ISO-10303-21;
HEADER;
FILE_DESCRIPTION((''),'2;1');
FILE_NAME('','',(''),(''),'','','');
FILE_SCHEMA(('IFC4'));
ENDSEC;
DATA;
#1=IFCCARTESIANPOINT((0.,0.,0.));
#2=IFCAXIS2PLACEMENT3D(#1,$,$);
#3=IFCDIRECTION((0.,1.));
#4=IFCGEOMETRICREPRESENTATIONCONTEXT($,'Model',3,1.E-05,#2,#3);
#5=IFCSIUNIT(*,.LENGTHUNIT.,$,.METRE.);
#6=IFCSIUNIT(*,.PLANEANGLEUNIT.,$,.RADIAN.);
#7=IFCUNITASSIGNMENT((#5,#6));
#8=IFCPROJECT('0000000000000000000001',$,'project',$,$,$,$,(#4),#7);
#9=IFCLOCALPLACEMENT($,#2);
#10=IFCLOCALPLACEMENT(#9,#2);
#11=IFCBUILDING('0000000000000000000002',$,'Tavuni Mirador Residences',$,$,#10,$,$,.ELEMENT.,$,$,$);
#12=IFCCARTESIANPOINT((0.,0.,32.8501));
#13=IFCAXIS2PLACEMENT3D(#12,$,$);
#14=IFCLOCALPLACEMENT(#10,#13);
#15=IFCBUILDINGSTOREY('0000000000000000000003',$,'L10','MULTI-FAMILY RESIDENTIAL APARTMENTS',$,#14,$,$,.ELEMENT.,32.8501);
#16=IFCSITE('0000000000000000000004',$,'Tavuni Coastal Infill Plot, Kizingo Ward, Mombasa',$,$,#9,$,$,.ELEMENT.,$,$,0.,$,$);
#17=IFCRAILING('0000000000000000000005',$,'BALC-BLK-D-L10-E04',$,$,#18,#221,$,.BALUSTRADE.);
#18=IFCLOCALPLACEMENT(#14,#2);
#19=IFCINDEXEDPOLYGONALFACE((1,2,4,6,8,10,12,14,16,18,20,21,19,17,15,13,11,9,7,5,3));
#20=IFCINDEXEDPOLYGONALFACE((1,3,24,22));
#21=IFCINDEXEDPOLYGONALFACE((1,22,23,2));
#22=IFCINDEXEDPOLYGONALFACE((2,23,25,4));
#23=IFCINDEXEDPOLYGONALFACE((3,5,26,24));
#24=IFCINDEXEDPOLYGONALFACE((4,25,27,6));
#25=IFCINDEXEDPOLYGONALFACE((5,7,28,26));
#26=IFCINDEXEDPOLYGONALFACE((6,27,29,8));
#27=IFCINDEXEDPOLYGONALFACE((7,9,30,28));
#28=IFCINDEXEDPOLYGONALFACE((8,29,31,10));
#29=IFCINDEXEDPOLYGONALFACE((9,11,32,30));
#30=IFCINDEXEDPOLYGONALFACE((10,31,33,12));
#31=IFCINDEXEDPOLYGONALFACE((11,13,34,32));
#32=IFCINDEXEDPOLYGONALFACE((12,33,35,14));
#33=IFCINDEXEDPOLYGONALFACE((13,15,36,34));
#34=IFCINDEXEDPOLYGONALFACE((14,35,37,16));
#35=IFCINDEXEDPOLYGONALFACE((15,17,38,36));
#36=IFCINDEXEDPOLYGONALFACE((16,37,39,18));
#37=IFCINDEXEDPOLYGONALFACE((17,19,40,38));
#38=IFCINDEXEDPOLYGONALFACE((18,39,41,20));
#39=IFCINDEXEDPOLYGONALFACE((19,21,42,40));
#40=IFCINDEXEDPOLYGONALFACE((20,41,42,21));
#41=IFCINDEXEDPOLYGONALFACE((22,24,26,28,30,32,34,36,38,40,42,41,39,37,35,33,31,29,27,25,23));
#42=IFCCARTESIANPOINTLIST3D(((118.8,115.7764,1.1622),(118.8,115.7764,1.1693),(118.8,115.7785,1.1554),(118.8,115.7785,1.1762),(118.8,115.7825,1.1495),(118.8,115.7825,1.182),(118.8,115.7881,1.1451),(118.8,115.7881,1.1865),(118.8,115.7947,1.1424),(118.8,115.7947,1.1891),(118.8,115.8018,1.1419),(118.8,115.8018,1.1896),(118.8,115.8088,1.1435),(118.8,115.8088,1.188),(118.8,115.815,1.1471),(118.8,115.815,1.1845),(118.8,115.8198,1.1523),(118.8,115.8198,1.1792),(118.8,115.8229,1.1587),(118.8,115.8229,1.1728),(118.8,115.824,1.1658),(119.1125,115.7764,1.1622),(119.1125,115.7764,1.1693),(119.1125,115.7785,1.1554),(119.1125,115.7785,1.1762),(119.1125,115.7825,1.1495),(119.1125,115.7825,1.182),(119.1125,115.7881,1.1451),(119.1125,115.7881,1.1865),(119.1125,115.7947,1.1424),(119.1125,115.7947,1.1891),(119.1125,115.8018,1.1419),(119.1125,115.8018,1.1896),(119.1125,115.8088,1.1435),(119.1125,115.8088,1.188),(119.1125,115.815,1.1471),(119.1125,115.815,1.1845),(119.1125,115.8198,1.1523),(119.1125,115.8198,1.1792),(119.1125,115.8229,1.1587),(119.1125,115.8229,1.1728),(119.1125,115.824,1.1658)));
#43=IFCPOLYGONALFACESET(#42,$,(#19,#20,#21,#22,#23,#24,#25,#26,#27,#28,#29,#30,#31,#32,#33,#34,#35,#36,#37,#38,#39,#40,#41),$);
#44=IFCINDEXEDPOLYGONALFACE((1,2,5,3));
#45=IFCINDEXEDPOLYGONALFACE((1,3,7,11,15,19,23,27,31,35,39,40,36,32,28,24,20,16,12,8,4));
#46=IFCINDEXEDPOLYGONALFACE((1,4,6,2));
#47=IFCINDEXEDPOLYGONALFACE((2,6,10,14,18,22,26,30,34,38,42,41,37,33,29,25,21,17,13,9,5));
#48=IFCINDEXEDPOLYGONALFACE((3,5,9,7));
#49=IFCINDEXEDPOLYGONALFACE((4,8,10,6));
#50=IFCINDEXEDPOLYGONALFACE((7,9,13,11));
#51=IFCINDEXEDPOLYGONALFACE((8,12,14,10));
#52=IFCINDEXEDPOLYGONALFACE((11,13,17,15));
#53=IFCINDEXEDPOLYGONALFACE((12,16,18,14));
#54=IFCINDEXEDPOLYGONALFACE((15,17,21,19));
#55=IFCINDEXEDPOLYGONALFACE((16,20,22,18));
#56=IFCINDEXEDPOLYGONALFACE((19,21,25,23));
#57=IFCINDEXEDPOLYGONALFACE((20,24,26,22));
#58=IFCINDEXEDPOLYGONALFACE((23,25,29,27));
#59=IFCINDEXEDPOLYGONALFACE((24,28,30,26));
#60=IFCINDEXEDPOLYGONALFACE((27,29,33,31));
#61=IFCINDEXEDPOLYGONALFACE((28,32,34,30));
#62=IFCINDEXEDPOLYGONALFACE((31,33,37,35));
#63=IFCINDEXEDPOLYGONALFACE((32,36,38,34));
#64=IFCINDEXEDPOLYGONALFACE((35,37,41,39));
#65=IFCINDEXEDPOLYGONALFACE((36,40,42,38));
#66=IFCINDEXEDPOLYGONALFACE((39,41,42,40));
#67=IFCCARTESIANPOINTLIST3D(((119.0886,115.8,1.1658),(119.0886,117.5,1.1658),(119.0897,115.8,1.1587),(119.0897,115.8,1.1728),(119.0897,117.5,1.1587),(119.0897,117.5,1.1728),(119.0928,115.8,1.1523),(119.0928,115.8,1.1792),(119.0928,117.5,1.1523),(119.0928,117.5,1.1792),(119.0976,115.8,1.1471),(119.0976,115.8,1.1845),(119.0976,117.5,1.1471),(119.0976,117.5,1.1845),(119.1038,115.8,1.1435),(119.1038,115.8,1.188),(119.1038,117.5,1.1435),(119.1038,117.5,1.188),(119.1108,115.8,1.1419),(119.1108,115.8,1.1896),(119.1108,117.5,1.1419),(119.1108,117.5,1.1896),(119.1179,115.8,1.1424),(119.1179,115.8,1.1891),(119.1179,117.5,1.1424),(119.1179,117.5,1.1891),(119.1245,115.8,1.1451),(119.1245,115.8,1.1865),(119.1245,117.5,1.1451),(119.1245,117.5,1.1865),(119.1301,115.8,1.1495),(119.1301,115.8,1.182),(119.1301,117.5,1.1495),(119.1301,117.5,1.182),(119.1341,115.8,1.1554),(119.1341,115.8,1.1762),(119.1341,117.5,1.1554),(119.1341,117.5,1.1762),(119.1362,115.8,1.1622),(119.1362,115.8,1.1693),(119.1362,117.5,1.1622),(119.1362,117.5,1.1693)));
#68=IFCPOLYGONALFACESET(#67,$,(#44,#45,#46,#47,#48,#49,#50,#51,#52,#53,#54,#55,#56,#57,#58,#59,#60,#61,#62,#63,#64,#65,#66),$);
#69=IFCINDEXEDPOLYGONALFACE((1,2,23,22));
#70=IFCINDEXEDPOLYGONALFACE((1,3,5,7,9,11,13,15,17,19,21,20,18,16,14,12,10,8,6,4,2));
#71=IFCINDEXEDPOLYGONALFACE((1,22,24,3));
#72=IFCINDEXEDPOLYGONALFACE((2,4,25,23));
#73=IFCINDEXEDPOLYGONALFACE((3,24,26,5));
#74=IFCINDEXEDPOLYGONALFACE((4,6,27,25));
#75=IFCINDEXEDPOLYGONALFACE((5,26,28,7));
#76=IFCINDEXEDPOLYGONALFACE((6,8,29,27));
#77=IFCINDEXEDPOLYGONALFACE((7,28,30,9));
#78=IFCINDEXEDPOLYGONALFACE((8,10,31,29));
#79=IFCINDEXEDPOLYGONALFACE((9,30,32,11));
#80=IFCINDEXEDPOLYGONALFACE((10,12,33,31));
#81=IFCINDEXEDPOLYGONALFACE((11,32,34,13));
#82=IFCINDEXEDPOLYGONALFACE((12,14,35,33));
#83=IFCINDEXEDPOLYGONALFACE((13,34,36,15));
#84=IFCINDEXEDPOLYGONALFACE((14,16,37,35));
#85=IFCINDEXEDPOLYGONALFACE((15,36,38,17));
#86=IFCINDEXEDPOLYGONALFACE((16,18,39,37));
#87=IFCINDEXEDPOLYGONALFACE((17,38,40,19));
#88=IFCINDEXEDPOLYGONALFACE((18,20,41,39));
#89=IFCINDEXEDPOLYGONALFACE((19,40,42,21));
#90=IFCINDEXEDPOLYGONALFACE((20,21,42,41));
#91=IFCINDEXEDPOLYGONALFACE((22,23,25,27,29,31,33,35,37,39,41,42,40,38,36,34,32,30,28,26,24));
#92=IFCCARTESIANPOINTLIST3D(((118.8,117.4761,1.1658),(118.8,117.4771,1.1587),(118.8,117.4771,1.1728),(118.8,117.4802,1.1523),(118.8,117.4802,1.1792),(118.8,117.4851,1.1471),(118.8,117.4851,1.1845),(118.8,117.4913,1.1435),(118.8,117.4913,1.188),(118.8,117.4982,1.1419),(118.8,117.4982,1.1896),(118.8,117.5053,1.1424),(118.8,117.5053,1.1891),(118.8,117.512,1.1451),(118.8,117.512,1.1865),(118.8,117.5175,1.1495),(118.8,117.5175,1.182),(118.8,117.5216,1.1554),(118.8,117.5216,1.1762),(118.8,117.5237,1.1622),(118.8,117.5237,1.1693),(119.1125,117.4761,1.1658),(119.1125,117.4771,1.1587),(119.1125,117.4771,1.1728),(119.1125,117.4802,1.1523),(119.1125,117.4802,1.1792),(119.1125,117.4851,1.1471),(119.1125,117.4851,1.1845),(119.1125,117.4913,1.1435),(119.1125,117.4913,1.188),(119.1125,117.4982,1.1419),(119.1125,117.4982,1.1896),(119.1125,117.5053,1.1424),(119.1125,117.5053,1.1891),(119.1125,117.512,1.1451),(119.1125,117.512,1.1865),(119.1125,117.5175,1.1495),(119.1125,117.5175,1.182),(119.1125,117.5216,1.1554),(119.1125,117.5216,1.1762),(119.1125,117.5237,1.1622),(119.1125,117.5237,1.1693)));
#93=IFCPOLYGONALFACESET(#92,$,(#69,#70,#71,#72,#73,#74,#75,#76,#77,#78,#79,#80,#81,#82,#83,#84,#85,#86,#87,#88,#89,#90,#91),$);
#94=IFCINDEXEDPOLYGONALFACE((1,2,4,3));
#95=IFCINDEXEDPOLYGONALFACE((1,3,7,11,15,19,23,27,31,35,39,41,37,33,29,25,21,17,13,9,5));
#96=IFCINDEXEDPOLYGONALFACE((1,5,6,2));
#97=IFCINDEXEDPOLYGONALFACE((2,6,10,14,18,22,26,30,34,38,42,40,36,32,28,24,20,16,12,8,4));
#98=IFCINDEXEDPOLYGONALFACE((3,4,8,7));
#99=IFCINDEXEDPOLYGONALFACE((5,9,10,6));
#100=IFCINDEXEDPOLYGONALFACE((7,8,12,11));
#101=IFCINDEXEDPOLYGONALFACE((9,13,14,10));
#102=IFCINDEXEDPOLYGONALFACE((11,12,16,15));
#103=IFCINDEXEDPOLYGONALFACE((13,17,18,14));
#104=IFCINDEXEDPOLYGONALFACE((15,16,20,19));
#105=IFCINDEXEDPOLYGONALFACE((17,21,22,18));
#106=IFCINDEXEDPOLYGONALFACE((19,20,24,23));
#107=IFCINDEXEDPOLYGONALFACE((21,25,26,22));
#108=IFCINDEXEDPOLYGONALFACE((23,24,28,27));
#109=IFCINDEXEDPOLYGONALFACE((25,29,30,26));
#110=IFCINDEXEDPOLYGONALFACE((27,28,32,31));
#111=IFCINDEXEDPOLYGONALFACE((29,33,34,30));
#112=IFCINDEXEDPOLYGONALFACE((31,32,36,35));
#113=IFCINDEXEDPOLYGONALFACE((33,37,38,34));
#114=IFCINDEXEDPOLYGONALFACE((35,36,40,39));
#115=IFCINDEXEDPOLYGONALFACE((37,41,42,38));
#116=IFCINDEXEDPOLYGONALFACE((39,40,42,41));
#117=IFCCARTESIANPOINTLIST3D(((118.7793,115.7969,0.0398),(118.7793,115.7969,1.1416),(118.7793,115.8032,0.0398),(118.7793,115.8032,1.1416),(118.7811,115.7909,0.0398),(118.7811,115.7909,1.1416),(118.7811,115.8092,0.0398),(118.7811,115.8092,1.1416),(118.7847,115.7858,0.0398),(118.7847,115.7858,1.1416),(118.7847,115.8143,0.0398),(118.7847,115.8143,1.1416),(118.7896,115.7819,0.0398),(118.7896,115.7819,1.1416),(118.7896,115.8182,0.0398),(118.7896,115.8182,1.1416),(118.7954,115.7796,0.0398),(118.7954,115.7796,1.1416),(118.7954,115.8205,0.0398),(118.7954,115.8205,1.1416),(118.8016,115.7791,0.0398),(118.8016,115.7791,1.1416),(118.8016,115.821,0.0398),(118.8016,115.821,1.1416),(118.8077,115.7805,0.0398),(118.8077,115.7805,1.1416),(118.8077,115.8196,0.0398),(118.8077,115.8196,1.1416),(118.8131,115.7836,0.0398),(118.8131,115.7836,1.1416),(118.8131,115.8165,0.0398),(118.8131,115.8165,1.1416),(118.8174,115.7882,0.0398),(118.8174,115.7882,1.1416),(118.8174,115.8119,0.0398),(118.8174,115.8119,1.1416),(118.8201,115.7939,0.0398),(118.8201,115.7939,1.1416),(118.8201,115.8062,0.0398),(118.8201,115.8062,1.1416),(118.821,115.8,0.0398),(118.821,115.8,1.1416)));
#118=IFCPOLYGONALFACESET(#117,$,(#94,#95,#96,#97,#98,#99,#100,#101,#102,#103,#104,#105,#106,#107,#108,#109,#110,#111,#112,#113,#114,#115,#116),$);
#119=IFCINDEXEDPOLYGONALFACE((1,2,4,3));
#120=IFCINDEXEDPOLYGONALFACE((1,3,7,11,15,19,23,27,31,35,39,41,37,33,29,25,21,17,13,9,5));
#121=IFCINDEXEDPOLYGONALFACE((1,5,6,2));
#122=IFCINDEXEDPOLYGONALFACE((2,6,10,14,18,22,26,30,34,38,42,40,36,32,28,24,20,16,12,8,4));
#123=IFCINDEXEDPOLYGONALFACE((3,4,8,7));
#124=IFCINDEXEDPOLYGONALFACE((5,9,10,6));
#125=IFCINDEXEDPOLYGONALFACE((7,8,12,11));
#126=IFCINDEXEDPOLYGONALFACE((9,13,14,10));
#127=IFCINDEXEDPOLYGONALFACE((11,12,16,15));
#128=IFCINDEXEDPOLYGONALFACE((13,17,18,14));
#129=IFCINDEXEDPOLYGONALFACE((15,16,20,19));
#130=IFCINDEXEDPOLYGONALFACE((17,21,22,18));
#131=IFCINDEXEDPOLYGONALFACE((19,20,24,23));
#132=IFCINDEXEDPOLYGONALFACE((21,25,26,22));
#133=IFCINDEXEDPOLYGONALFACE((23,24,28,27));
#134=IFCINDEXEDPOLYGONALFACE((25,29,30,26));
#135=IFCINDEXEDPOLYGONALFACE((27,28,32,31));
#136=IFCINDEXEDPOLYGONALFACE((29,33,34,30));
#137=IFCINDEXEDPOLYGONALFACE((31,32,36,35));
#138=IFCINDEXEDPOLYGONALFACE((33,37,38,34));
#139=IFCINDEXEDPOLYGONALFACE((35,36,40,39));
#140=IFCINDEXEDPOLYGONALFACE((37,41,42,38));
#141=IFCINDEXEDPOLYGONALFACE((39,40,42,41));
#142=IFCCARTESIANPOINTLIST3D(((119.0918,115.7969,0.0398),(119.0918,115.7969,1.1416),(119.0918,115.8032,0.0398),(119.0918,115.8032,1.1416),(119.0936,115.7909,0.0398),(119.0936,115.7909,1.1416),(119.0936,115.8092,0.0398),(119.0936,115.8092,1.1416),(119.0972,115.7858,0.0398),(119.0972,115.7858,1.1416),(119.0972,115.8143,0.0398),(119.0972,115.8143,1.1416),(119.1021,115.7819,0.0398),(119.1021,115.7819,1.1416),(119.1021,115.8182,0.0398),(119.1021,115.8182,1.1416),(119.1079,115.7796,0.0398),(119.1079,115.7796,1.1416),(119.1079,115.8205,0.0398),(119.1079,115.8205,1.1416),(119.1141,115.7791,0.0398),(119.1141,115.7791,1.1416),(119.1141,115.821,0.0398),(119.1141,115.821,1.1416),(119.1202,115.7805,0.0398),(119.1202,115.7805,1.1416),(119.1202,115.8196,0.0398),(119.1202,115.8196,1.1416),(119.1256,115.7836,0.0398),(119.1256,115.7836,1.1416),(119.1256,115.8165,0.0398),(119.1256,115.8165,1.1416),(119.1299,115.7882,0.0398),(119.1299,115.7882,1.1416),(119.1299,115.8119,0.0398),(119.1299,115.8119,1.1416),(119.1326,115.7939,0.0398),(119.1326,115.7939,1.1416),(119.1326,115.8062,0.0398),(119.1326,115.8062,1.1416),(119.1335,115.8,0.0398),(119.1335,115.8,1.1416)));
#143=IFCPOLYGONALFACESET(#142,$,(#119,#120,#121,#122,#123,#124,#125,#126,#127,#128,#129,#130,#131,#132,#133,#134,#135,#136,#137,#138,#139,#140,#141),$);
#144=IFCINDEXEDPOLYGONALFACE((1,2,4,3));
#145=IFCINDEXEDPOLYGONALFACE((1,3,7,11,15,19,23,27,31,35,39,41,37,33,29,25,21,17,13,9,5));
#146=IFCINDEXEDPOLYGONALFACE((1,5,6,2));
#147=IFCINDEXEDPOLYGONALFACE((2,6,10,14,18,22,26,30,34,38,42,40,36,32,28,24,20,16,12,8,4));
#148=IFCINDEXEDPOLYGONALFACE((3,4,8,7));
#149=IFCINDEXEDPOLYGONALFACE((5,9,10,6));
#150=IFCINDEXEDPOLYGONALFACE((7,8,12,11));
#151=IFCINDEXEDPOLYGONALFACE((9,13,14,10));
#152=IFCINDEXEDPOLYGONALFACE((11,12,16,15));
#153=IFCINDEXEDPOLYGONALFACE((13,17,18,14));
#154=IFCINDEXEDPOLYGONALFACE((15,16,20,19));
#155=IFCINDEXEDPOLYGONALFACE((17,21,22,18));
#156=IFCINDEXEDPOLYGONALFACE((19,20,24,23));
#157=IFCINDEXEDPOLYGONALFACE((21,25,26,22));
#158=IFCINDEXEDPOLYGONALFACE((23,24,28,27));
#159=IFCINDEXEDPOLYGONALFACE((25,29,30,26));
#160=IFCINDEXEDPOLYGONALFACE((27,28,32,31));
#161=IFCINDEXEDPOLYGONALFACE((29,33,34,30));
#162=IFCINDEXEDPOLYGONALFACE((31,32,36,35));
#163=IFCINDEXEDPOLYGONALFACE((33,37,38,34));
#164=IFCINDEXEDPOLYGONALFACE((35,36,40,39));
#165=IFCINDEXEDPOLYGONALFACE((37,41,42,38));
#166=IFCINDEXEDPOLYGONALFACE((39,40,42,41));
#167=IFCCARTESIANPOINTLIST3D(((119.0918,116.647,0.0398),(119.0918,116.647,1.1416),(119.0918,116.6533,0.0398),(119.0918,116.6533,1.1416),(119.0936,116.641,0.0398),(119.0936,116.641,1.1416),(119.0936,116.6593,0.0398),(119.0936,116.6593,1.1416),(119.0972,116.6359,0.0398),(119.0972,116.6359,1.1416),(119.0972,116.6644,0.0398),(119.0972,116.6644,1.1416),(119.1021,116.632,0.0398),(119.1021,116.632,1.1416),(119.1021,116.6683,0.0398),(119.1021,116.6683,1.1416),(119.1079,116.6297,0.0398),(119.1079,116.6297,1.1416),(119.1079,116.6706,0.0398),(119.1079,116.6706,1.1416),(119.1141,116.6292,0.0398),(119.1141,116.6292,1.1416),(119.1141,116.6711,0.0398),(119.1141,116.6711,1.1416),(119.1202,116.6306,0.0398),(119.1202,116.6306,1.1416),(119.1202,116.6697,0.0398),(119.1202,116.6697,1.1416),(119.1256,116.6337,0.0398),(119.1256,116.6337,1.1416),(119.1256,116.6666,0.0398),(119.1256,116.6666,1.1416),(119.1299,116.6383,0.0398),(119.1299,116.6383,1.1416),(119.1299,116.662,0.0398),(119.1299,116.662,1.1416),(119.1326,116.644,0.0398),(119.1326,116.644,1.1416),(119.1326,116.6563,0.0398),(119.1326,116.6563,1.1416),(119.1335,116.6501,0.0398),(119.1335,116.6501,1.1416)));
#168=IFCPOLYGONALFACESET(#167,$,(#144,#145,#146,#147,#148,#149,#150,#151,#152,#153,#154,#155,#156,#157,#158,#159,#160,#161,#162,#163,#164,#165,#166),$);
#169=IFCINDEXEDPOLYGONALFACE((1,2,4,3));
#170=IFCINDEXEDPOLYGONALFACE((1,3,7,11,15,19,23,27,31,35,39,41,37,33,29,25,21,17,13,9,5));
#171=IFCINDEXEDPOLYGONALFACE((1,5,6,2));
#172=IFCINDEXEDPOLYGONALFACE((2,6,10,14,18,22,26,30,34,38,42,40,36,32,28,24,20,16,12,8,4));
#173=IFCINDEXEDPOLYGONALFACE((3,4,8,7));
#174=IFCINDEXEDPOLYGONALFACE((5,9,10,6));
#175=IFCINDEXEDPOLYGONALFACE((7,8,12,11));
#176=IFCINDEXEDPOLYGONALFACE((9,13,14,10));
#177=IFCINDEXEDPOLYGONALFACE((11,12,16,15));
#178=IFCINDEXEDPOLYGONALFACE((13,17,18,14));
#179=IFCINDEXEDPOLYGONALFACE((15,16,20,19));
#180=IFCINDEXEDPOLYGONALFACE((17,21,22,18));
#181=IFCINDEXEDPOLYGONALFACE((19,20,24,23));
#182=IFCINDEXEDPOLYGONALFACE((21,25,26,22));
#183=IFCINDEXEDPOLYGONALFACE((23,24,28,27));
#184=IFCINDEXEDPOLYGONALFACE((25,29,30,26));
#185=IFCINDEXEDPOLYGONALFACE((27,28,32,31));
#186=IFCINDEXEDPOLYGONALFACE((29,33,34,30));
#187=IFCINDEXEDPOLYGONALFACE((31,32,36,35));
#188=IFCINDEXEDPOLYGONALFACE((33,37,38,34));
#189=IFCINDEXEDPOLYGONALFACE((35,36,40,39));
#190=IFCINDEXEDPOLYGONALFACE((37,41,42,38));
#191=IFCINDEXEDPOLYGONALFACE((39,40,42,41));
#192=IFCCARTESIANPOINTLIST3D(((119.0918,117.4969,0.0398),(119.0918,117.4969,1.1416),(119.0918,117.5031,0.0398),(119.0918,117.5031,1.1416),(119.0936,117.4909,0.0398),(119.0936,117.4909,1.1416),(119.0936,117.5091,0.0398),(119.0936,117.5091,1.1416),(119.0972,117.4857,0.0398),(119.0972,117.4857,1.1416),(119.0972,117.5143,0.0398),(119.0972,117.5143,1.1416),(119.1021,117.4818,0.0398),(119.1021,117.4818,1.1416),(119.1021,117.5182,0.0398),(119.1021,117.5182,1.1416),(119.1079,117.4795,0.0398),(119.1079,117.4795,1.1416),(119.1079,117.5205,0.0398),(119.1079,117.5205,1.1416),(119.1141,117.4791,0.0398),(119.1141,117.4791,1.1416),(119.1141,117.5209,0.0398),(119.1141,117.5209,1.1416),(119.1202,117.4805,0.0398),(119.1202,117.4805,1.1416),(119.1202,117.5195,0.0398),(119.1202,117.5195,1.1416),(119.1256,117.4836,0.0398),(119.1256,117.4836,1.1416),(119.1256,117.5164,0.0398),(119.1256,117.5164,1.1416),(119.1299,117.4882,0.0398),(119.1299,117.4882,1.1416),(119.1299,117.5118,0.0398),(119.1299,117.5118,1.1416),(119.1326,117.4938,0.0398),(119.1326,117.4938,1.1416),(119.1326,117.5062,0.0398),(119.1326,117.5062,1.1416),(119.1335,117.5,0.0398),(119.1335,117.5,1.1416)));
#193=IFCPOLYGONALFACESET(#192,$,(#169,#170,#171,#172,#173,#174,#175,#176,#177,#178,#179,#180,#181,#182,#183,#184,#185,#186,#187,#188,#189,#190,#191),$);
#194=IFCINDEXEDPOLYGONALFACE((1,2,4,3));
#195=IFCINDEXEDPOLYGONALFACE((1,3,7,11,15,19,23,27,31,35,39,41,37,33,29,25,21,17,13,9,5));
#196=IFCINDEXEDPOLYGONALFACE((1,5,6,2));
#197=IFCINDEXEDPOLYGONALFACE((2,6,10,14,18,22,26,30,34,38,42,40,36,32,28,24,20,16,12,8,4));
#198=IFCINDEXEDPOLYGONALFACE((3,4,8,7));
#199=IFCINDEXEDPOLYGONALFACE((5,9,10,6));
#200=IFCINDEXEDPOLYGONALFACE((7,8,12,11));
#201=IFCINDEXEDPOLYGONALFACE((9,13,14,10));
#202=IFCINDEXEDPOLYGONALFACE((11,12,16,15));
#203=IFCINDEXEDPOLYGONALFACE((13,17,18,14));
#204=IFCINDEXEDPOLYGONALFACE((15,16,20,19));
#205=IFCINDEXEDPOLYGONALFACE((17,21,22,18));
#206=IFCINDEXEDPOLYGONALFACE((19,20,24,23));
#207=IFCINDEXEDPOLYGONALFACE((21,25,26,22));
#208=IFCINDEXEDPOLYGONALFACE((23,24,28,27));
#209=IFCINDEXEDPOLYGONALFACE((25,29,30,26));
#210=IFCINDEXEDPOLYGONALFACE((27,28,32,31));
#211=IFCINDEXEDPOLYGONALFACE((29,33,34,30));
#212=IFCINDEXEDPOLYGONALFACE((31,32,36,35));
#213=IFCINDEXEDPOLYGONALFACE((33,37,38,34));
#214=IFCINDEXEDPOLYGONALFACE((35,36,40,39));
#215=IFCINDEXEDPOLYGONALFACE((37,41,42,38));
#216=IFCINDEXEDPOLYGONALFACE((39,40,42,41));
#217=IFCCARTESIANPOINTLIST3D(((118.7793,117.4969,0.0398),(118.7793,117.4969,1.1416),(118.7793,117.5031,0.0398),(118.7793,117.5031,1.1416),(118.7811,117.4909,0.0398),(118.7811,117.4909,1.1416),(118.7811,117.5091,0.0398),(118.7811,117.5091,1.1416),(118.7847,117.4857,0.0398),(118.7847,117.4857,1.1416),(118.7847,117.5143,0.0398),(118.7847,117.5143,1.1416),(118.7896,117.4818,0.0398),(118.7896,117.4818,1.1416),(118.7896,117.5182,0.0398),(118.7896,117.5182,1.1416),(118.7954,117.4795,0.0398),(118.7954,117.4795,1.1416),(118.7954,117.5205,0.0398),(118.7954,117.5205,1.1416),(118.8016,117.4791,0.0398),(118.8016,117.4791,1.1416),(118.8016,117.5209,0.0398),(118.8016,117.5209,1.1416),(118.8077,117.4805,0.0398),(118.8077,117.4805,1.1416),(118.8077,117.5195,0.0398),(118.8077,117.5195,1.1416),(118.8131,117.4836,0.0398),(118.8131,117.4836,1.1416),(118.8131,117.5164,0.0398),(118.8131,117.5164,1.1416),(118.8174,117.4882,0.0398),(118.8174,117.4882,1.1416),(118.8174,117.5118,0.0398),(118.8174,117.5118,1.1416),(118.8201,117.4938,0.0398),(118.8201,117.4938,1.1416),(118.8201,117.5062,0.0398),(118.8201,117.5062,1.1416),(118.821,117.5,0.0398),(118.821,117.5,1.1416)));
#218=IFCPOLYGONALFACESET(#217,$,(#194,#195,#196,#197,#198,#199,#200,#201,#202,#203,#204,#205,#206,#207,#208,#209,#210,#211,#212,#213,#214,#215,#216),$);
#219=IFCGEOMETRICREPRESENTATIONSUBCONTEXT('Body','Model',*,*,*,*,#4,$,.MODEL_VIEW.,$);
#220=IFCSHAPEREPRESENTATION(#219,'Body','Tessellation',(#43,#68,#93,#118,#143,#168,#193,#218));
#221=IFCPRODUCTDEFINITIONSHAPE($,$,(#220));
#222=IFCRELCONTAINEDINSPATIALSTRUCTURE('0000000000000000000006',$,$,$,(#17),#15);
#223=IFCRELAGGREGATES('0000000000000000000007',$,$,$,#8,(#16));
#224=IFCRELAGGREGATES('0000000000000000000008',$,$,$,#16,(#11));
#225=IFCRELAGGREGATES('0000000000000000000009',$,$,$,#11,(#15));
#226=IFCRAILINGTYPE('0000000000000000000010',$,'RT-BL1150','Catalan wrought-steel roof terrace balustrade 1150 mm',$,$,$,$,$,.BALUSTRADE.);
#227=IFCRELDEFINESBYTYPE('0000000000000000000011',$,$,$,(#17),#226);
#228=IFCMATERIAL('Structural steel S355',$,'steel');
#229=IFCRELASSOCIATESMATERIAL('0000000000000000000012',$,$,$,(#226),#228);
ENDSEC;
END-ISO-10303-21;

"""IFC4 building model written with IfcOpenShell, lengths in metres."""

from ifc_helpers import new_model, si_unit, direction, frame, origin, origin_2d, place, context, subcontext, project, spatial, circle, extrude, material, type_object, element, save


model = new_model("IFC4")

# Units and contexts
model_context = context("Model", 3, precision=1e-05, world=origin(), true_north=direction((0.0, 1.0)))
body_context = subcontext(model_context, "Body", "Model", "MODEL_VIEW")
ifc_project = project(units=[si_unit("LENGTHUNIT", "METRE"), si_unit("PLANEANGLEUNIT", "RADIAN")], contexts=[model_context])

# Site, building, storey
site_placement = place(None, origin())
site = spatial("IfcSite", under=ifc_project, at=site_placement, Name="Tavuni Coastal Infill Plot, Kizingo Ward, Mombasa", CompositionType="ELEMENT", RefElevation=0.0)
building_placement = place(site_placement, origin())
building = spatial("IfcBuilding", under=site, at=building_placement, Name="Tavuni Mirador Residences", CompositionType="ELEMENT")
storey_placement = place(building_placement, frame((0.0, 0.0, 32.8501)))
storey = spatial("IfcBuildingStorey", under=building, at=storey_placement, Name="L10", Description="MULTI-FAMILY RESIDENTIAL APARTMENTS", CompositionType="ELEMENT", Elevation=32.8501)

# Railing
ifc_material_1 = material(Name="Structural steel S355", Category="steel")
railing_type_1 = type_object("IfcRailingType", Name="RT-BL1150", Description="Catalan wrought-steel roof terrace balustrade 1150 mm", PredefinedType="BALUSTRADE", material=ifc_material_1)
railing_1_placement = place(storey_placement, frame((118.8, 115.8, 0.0398)))
element("IfcRailing", 1, at=railing_1_placement, inside=storey, type_object=railing_type_1, Name="BALC-BLK-D-L10-E04", PredefinedType="BALUSTRADE", context=body_context, shape_type="SweptSolid", body=[
    extrude(circle(Radius=0.0239, at=origin_2d()), frame((0.0, 0.0, 1.126), z_axis=(1.0, 0.0, 0.0), x_axis=(0.0, 1.0, 0.0)), (0.0, 0.0, 1.0), 0.3125),
    extrude(circle(Radius=0.0239, at=origin_2d()), frame((0.3125, 0.0, 1.126), z_axis=(0.0, 1.0, 0.0), x_axis=(-1.0, 0.0, 0.0)), (0.0, 0.0, 1.0), 1.7),
    extrude(circle(Radius=0.0239, at=origin_2d()), frame((0.3125, 1.7, 1.126), z_axis=(-1.0, 0.0, 0.0), x_axis=(0.0, -1.0, 0.0)), (0.0, 0.0, 1.0), 0.3125),
    extrude(circle(Radius=0.021, at=origin_2d()), origin(), (0.0, 0.0, 1.0), 1.1018),
    extrude(circle(Radius=0.021, at=origin_2d()), frame((0.3125, 0.0, 0.0)), (0.0, 0.0, 1.0), 1.1018),
    extrude(circle(Radius=0.021, at=origin_2d()), frame((0.3125, 0.8501, 0.0)), (0.0, 0.0, 1.0), 1.1018),
    extrude(circle(Radius=0.021, at=origin_2d()), frame((0.3125, 1.7, 0.0)), (0.0, 0.0, 1.0), 1.1018),
    extrude(circle(Radius=0.021, at=origin_2d()), frame((0.0, 1.7, 0.0)), (0.0, 0.0, 1.0), 1.1018),
])

save(model, "model.ifc")
